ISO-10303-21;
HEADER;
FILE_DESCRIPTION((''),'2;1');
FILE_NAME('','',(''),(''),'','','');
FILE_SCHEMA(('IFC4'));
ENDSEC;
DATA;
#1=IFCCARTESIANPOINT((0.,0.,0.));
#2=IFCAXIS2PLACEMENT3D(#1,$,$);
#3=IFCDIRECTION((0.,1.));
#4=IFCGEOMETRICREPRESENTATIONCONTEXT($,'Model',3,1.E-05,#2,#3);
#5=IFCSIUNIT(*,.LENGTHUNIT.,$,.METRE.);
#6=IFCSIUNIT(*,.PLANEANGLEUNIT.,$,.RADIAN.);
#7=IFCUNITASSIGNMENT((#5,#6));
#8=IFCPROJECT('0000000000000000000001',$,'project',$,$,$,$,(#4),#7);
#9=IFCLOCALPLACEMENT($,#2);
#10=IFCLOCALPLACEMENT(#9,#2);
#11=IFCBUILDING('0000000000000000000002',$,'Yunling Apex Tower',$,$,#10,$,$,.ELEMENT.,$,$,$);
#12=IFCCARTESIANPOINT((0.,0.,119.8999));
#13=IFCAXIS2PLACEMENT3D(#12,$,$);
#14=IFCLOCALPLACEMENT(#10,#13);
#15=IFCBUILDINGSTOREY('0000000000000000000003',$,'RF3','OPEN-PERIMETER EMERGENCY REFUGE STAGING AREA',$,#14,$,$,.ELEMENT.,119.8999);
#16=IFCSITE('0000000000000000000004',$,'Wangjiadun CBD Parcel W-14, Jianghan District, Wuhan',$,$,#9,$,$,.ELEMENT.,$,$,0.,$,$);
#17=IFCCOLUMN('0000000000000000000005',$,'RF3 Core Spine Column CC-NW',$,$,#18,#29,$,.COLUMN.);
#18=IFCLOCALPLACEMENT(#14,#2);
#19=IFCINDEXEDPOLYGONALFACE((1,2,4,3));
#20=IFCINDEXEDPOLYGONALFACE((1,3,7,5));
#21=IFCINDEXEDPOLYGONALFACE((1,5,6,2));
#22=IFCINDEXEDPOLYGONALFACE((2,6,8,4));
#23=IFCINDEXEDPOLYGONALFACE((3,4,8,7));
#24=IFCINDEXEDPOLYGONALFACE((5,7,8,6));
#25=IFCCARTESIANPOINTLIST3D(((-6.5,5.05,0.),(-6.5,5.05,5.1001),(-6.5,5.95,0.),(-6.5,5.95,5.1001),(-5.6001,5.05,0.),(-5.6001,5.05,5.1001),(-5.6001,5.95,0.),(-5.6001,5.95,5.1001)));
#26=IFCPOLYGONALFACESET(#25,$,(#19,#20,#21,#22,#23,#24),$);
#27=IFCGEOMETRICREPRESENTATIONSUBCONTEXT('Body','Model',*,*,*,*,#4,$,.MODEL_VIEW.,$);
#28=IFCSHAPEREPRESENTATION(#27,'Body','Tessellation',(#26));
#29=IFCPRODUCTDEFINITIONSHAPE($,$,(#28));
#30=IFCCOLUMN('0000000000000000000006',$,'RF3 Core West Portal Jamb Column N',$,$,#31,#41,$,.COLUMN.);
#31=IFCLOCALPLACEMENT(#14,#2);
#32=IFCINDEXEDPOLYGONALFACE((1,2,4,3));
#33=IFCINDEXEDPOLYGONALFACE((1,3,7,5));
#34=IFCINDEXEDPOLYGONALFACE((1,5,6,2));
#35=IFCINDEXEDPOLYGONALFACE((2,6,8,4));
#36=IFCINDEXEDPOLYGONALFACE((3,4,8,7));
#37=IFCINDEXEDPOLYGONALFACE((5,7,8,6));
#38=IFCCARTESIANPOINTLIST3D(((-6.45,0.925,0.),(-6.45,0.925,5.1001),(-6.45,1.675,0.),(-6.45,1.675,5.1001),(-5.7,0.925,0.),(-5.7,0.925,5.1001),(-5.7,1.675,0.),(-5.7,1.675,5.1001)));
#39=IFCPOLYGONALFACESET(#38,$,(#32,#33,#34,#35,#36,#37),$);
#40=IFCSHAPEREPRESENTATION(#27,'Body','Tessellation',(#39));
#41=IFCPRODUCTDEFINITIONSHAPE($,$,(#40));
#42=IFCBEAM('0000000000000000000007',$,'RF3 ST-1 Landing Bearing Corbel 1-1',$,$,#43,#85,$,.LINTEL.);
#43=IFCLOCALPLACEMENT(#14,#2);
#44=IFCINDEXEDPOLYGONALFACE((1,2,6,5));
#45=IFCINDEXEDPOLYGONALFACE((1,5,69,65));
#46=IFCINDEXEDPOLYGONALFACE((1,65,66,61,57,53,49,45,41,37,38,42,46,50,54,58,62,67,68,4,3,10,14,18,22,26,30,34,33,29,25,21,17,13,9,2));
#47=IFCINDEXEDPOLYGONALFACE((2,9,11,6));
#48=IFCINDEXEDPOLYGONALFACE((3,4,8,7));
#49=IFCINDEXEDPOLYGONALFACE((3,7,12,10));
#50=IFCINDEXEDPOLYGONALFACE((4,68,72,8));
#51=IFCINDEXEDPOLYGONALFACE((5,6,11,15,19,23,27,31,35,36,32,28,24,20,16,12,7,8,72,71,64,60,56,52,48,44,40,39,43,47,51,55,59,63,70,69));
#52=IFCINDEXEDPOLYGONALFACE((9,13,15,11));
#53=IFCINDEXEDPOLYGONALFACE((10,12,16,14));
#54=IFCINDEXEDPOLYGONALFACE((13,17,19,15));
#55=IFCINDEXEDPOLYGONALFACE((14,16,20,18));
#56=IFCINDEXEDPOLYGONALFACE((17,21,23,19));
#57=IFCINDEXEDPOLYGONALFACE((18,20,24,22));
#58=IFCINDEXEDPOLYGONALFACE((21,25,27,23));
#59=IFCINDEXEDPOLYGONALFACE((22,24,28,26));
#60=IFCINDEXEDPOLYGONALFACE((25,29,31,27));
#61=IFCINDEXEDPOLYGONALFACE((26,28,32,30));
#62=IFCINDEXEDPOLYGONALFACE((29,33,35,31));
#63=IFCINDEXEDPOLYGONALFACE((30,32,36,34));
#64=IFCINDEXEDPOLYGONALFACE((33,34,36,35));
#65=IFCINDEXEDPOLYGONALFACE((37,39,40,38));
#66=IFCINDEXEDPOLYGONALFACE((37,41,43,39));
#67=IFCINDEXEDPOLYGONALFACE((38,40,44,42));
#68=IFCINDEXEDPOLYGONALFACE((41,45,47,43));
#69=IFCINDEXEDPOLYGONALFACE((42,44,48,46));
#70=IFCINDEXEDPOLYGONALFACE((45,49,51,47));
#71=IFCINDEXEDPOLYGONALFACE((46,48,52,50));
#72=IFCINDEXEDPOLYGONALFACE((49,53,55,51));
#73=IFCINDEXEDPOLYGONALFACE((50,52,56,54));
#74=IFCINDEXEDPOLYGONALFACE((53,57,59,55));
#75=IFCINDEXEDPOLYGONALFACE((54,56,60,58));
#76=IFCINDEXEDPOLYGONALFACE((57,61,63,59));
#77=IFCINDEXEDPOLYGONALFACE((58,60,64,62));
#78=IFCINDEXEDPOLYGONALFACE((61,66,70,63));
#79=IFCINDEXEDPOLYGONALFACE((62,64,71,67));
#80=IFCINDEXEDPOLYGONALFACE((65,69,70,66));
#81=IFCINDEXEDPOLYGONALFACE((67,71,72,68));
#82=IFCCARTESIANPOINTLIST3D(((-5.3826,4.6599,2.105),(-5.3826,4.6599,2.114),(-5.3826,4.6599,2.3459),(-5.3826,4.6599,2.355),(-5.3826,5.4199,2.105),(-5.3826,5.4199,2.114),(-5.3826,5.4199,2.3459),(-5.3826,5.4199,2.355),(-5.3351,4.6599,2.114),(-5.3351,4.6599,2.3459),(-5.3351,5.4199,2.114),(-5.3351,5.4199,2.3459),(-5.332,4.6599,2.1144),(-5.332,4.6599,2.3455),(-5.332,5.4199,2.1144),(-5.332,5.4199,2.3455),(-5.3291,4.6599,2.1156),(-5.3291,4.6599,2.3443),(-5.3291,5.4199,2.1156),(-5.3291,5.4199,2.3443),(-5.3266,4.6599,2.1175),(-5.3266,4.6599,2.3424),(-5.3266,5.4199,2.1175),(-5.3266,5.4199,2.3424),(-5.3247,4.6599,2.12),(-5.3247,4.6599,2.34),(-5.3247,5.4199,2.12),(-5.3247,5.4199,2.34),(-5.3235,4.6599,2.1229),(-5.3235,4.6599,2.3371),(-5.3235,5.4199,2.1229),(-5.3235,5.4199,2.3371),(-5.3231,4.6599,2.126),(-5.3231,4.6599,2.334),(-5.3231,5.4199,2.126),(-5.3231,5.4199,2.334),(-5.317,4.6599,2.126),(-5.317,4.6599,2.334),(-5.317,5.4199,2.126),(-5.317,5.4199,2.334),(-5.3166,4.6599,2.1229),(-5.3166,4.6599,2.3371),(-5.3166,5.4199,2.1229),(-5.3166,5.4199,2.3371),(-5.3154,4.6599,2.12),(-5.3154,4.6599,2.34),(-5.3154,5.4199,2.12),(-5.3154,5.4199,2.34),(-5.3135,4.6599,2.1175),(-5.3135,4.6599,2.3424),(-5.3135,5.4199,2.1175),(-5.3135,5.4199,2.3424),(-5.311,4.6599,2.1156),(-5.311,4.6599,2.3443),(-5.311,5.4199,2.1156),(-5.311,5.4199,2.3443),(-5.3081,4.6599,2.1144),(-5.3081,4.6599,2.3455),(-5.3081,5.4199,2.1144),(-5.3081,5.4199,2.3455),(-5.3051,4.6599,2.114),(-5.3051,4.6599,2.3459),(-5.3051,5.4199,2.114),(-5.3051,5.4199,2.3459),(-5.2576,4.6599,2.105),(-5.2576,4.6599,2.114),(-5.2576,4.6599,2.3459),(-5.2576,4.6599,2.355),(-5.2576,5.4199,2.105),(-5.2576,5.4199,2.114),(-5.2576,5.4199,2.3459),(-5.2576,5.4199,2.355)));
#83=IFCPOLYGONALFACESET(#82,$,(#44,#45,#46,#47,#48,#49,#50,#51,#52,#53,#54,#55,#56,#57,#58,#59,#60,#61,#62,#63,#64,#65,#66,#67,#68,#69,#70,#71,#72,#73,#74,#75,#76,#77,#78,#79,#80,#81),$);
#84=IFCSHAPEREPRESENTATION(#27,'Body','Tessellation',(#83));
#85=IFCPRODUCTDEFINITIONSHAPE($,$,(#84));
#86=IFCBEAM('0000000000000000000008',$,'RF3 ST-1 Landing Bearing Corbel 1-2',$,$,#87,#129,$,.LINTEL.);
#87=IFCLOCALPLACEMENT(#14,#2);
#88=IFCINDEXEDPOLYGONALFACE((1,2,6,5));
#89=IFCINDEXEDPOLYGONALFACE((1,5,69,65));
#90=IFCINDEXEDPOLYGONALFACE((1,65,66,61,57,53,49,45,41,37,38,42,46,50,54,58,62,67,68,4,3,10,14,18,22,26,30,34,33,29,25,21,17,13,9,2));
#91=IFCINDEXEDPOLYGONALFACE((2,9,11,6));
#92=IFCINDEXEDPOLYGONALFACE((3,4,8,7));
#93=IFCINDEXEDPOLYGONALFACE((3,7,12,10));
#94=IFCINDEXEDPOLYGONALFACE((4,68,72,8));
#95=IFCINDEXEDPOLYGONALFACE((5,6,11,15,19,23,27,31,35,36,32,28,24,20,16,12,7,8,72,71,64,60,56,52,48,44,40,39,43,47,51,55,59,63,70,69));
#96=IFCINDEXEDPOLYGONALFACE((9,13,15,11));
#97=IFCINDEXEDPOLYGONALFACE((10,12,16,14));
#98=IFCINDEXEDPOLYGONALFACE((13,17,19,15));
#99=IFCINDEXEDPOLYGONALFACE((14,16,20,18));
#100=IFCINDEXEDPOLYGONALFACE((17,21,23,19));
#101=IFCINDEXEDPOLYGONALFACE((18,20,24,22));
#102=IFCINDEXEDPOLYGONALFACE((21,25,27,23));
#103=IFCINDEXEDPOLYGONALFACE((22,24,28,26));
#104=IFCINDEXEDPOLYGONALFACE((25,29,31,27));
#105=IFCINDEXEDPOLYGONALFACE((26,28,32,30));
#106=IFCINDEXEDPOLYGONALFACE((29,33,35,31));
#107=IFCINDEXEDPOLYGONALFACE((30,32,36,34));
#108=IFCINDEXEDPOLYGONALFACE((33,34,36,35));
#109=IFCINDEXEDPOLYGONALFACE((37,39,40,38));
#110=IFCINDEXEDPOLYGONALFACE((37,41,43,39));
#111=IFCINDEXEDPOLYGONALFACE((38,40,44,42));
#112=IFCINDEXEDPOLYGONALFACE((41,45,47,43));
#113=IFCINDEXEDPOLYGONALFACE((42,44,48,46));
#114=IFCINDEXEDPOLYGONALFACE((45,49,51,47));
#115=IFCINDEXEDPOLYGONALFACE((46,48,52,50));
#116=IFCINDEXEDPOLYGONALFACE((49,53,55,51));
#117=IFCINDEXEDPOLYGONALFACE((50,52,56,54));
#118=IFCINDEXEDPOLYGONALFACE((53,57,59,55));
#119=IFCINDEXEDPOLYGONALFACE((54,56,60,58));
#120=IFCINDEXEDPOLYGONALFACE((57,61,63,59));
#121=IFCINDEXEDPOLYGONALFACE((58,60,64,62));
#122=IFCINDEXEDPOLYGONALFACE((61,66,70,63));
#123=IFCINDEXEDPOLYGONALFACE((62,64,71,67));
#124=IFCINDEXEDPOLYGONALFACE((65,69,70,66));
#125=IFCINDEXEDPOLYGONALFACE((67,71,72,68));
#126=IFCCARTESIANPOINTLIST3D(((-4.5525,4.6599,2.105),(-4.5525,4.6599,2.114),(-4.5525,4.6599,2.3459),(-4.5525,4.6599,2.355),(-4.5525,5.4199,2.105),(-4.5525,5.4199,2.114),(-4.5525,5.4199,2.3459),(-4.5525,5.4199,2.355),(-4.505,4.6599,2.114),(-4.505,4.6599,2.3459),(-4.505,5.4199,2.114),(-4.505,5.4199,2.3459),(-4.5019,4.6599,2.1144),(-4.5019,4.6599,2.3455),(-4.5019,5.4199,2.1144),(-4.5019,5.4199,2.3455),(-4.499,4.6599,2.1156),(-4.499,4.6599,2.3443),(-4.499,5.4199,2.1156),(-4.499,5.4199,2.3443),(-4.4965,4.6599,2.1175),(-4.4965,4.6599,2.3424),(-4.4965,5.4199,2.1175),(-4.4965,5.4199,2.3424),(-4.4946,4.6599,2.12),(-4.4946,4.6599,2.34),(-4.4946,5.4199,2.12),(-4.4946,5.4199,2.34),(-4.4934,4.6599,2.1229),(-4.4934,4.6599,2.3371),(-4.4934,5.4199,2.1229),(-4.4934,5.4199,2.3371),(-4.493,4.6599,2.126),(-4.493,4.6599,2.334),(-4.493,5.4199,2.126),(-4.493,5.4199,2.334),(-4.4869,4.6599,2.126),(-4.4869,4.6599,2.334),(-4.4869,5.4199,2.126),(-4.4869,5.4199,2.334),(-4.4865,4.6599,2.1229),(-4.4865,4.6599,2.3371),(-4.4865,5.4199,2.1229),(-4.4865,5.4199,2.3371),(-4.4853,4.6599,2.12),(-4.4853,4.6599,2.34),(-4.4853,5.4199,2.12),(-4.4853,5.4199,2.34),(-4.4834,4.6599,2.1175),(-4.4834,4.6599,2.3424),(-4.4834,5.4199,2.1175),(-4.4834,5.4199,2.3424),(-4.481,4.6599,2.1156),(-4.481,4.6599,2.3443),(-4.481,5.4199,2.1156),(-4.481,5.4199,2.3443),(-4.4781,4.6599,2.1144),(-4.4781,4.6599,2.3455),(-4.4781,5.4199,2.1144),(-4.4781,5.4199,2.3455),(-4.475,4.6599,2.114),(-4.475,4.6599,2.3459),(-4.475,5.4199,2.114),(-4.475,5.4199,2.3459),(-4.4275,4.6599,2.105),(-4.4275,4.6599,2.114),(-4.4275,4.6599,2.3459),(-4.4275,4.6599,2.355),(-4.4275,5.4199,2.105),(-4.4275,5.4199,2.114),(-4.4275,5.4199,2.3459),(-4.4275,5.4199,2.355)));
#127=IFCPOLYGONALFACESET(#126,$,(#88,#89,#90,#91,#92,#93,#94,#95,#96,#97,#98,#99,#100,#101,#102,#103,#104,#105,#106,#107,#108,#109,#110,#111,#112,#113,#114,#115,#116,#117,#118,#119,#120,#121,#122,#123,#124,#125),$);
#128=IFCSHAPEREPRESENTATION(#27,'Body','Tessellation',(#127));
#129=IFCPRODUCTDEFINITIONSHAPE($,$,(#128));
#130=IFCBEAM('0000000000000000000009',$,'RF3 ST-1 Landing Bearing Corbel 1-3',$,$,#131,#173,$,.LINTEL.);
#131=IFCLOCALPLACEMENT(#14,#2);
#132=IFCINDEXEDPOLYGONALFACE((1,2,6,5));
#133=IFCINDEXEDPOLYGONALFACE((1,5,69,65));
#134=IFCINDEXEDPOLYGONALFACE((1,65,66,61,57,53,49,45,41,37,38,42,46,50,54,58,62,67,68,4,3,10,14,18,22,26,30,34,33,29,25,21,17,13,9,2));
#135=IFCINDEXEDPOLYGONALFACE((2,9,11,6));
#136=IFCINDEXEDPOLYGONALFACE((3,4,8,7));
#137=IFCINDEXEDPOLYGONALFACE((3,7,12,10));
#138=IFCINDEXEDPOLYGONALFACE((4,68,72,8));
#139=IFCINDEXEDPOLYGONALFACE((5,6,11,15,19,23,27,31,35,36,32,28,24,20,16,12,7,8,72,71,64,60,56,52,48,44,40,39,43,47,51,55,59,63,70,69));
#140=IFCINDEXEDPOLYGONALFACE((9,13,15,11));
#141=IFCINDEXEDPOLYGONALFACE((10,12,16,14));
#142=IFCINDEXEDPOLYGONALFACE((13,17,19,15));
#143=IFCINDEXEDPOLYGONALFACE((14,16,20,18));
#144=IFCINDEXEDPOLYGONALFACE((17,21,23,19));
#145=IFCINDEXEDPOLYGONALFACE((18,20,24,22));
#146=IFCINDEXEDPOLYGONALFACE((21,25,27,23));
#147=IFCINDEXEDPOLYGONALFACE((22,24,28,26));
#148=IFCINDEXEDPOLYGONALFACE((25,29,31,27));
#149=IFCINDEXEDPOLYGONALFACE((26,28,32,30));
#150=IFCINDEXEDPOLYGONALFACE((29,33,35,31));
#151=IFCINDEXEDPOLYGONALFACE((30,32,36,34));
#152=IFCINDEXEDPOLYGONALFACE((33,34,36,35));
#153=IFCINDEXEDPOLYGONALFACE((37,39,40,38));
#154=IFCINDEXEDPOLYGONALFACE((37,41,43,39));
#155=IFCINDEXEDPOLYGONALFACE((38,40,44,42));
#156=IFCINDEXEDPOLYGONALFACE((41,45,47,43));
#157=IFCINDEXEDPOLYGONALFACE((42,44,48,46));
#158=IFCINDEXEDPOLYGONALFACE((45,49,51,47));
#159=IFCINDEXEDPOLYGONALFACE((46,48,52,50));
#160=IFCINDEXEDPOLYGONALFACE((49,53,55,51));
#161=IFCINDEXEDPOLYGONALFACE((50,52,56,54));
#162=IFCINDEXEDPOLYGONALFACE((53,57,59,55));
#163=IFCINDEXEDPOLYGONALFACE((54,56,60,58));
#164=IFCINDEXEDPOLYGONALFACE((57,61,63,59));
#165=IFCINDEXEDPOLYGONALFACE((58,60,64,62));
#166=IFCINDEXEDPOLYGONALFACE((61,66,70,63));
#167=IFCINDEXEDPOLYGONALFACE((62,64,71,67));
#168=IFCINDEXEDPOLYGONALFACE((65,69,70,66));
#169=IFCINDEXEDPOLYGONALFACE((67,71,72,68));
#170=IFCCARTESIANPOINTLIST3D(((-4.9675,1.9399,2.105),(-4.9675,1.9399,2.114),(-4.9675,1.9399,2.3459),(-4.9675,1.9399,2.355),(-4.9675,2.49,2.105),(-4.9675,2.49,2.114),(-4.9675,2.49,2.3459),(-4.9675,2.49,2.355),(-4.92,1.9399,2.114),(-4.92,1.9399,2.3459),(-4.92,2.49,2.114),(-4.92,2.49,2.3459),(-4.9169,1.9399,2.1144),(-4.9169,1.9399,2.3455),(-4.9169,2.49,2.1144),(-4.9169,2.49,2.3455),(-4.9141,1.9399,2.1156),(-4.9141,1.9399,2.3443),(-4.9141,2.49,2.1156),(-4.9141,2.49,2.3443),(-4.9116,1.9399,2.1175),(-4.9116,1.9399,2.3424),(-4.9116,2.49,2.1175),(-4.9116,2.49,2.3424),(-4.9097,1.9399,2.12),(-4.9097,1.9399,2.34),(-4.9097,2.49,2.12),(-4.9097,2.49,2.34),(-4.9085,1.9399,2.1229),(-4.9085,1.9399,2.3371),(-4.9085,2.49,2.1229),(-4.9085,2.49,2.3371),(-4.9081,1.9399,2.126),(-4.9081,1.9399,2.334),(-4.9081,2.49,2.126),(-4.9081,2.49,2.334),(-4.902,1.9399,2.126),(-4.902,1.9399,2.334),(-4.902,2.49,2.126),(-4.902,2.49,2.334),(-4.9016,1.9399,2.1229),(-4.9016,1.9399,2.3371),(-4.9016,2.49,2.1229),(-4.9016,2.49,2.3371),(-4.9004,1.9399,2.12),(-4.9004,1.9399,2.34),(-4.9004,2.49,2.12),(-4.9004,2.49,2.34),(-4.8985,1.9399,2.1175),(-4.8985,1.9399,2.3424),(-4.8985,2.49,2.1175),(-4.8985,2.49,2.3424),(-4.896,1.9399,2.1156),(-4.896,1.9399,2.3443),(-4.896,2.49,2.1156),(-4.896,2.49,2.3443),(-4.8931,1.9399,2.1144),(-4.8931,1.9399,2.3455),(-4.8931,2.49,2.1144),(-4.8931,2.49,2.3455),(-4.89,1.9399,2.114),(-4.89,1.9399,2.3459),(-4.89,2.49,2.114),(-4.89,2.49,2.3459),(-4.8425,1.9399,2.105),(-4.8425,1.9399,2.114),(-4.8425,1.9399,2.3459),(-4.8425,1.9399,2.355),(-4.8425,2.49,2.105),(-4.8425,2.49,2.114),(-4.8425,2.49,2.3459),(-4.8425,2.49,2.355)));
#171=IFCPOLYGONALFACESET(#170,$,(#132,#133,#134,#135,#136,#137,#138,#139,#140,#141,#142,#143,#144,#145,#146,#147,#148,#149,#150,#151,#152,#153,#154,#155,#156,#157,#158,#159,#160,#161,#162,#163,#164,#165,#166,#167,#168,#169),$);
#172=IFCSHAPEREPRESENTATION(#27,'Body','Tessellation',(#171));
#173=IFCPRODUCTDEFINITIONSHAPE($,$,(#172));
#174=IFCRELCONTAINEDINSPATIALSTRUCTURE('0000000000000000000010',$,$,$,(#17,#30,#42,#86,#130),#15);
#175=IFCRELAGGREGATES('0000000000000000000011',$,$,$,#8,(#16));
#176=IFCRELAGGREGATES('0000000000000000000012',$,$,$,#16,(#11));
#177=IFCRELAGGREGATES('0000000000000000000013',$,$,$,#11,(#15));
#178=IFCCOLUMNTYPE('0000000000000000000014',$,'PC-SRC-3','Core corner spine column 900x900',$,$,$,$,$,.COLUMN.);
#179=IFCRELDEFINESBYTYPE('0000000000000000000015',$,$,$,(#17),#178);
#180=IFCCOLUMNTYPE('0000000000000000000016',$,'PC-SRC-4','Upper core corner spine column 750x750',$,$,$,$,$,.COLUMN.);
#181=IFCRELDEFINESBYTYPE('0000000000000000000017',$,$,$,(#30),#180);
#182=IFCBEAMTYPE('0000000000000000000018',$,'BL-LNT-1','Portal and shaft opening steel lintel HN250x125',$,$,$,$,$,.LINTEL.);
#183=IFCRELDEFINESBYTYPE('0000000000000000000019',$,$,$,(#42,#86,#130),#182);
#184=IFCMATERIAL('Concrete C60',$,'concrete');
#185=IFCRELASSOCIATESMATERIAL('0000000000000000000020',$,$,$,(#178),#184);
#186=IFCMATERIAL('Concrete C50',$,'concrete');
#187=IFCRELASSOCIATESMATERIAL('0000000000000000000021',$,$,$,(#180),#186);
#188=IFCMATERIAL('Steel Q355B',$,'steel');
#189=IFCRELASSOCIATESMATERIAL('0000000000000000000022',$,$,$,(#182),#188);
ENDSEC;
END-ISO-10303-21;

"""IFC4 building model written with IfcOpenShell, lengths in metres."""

from ifc_helpers import new_model, si_unit, direction, frame, origin, origin_2d, place, context, subcontext, project, spatial, rectangle, i_section, extrude, source, transform, mapped, material, material_profile, profile_set, type_object, element, save


model = new_model("IFC4")

# Units and contexts
model_context = context("Model", 3, precision=1e-05, world=origin(), true_north=direction((0.0, 1.0)))
body_context = subcontext(model_context, "Body", "Model", "MODEL_VIEW")
ifc_project = project(units=[si_unit("LENGTHUNIT", "METRE"), si_unit("PLANEANGLEUNIT", "RADIAN")], contexts=[model_context])

# Site, building, storey
site_placement = place(None, origin())
site = spatial("IfcSite", under=ifc_project, at=site_placement, Name="Wangjiadun CBD Parcel W-14, Jianghan District, Wuhan", CompositionType="ELEMENT", RefElevation=0.0)
building_placement = place(site_placement, origin())
building = spatial("IfcBuilding", under=site, at=building_placement, Name="Yunling Apex Tower", CompositionType="ELEMENT")
storey_placement = place(building_placement, frame((0.0, 0.0, 119.8999)))
storey = spatial("IfcBuildingStorey", under=building, at=storey_placement, Name="RF3", Description="OPEN-PERIMETER EMERGENCY REFUGE STAGING AREA", CompositionType="ELEMENT", Elevation=119.8999)

# Columns
ifc_material_1 = material(Name="Concrete C60", Category="concrete")
ifc_material_profile_1 = material_profile(ifc_material_1, rectangle(XDim=0.8999, YDim=0.8999, at=origin_2d()))
ifc_profile_set_1 = profile_set([ifc_material_profile_1], Name="Concrete C60")
column_type_1 = type_object("IfcColumnType", Name="PC-SRC-3", Description="Core corner spine column 900x900", PredefinedType="COLUMN", material=ifc_profile_set_1)
shared_shape_1 = source(origin(), body_context, "Body", "SweptSolid", [
    extrude(rectangle(XDim=0.8999, YDim=0.8999, at=origin_2d()), origin(), (0.0, 0.0, 1.0), 5.1001),
])
column_1_placement = place(storey_placement, frame((-6.05, 5.5, 0.0), z_axis=(0.0, 0.0, 1.0), x_axis=(1.0, 0.0, 0.0)))
element("IfcColumn", 1, at=column_1_placement, inside=storey, type_object=column_type_1, Name="RF3 Core Spine Column CC-NW", PredefinedType="COLUMN", context=body_context, shape_type="MappedRepresentation", body=[
    mapped(shared_shape_1, transform((0.0, 0.0, 0.0), scale=1.0)),
])
ifc_material_2 = material(Name="Concrete C50", Category="concrete")
ifc_material_profile_2 = material_profile(ifc_material_2, rectangle(XDim=0.75, YDim=0.75, at=origin_2d()))
ifc_profile_set_2 = profile_set([ifc_material_profile_2], Name="Concrete C50")
column_type_2 = type_object("IfcColumnType", Name="PC-SRC-4", Description="Upper core corner spine column 750x750", PredefinedType="COLUMN", material=ifc_profile_set_2)
shared_shape_2 = source(origin(), body_context, "Body", "SweptSolid", [
    extrude(rectangle(XDim=0.75, YDim=0.75, at=origin_2d()), origin(), (0.0, 0.0, 1.0), 5.1001),
])
column_2_placement = place(storey_placement, frame((-6.075, 1.3, 0.0), z_axis=(0.0, 0.0, 1.0), x_axis=(1.0, 0.0, 0.0)))
element("IfcColumn", 2, at=column_2_placement, inside=storey, type_object=column_type_2, Name="RF3 Core West Portal Jamb Column N", PredefinedType="COLUMN", context=body_context, shape_type="MappedRepresentation", body=[
    mapped(shared_shape_2, transform((0.0, 0.0, 0.0), scale=1.0)),
])

# Beams
ifc_material_3 = material(Name="Steel Q355B", Category="steel")
ifc_material_profile_3 = material_profile(ifc_material_3, i_section(OverallWidth=0.125, OverallDepth=0.25, WebThickness=0.0061, FlangeThickness=0.009, FilletRadius=0.012, at=origin_2d()))
ifc_profile_set_3 = profile_set([ifc_material_profile_3], Name="Steel Q355B")
beam_type = type_object("IfcBeamType", Name="BL-LNT-1", Description="Portal and shaft opening steel lintel HN250x125", PredefinedType="LINTEL", material=ifc_profile_set_3)
shared_shape_3 = source(origin(), body_context, "Body", "SweptSolid", [
    extrude(i_section(OverallWidth=0.125, OverallDepth=0.25, WebThickness=0.0061, FlangeThickness=0.009, FilletRadius=0.012, at=origin_2d()), origin(), (0.0, 0.0, 1.0), 0.76),
])
for number, where, z_axis, x_axis, name in (
    (3, (-5.3201, 5.4199, 2.23), (0.0, -1.0, 0.0), (1.0, 0.0, 0.0), "RF3 ST-1 Landing Bearing Corbel 1-1"),
    (4, (-4.49, 5.4199, 2.23), (0.0, -1.0, 0.0), (1.0, 0.0, 0.0), "RF3 ST-1 Landing Bearing Corbel 1-2"),
):
    element("IfcBeam", number, at=place(storey_placement, frame(where, z_axis=z_axis, x_axis=x_axis)), inside=storey, type_object=beam_type, Name=name, PredefinedType="LINTEL", context=body_context, shape_type="MappedRepresentation", body=[
        mapped(shared_shape_3, transform((0.0, 0.0, 0.0), scale=1.0)),
    ])
shared_shape_4 = source(origin(), body_context, "Body", "SweptSolid", [
    extrude(i_section(OverallWidth=0.125, OverallDepth=0.25, WebThickness=0.0061, FlangeThickness=0.009, FilletRadius=0.012, at=origin_2d()), origin(), (0.0, 0.0, 1.0), 0.55),
])
beam_placement = place(storey_placement, frame((-4.905, 1.9399, 2.23), z_axis=(0.0, 1.0, 0.0), x_axis=(-1.0, 0.0, 0.0)))
element("IfcBeam", 5, at=beam_placement, inside=storey, type_object=beam_type, Name="RF3 ST-1 Landing Bearing Corbel 1-3", PredefinedType="LINTEL", context=body_context, shape_type="MappedRepresentation", body=[
    mapped(shared_shape_4, transform((0.0, 0.0, 0.0), scale=1.0)),
])

save(model, "model.ifc")
